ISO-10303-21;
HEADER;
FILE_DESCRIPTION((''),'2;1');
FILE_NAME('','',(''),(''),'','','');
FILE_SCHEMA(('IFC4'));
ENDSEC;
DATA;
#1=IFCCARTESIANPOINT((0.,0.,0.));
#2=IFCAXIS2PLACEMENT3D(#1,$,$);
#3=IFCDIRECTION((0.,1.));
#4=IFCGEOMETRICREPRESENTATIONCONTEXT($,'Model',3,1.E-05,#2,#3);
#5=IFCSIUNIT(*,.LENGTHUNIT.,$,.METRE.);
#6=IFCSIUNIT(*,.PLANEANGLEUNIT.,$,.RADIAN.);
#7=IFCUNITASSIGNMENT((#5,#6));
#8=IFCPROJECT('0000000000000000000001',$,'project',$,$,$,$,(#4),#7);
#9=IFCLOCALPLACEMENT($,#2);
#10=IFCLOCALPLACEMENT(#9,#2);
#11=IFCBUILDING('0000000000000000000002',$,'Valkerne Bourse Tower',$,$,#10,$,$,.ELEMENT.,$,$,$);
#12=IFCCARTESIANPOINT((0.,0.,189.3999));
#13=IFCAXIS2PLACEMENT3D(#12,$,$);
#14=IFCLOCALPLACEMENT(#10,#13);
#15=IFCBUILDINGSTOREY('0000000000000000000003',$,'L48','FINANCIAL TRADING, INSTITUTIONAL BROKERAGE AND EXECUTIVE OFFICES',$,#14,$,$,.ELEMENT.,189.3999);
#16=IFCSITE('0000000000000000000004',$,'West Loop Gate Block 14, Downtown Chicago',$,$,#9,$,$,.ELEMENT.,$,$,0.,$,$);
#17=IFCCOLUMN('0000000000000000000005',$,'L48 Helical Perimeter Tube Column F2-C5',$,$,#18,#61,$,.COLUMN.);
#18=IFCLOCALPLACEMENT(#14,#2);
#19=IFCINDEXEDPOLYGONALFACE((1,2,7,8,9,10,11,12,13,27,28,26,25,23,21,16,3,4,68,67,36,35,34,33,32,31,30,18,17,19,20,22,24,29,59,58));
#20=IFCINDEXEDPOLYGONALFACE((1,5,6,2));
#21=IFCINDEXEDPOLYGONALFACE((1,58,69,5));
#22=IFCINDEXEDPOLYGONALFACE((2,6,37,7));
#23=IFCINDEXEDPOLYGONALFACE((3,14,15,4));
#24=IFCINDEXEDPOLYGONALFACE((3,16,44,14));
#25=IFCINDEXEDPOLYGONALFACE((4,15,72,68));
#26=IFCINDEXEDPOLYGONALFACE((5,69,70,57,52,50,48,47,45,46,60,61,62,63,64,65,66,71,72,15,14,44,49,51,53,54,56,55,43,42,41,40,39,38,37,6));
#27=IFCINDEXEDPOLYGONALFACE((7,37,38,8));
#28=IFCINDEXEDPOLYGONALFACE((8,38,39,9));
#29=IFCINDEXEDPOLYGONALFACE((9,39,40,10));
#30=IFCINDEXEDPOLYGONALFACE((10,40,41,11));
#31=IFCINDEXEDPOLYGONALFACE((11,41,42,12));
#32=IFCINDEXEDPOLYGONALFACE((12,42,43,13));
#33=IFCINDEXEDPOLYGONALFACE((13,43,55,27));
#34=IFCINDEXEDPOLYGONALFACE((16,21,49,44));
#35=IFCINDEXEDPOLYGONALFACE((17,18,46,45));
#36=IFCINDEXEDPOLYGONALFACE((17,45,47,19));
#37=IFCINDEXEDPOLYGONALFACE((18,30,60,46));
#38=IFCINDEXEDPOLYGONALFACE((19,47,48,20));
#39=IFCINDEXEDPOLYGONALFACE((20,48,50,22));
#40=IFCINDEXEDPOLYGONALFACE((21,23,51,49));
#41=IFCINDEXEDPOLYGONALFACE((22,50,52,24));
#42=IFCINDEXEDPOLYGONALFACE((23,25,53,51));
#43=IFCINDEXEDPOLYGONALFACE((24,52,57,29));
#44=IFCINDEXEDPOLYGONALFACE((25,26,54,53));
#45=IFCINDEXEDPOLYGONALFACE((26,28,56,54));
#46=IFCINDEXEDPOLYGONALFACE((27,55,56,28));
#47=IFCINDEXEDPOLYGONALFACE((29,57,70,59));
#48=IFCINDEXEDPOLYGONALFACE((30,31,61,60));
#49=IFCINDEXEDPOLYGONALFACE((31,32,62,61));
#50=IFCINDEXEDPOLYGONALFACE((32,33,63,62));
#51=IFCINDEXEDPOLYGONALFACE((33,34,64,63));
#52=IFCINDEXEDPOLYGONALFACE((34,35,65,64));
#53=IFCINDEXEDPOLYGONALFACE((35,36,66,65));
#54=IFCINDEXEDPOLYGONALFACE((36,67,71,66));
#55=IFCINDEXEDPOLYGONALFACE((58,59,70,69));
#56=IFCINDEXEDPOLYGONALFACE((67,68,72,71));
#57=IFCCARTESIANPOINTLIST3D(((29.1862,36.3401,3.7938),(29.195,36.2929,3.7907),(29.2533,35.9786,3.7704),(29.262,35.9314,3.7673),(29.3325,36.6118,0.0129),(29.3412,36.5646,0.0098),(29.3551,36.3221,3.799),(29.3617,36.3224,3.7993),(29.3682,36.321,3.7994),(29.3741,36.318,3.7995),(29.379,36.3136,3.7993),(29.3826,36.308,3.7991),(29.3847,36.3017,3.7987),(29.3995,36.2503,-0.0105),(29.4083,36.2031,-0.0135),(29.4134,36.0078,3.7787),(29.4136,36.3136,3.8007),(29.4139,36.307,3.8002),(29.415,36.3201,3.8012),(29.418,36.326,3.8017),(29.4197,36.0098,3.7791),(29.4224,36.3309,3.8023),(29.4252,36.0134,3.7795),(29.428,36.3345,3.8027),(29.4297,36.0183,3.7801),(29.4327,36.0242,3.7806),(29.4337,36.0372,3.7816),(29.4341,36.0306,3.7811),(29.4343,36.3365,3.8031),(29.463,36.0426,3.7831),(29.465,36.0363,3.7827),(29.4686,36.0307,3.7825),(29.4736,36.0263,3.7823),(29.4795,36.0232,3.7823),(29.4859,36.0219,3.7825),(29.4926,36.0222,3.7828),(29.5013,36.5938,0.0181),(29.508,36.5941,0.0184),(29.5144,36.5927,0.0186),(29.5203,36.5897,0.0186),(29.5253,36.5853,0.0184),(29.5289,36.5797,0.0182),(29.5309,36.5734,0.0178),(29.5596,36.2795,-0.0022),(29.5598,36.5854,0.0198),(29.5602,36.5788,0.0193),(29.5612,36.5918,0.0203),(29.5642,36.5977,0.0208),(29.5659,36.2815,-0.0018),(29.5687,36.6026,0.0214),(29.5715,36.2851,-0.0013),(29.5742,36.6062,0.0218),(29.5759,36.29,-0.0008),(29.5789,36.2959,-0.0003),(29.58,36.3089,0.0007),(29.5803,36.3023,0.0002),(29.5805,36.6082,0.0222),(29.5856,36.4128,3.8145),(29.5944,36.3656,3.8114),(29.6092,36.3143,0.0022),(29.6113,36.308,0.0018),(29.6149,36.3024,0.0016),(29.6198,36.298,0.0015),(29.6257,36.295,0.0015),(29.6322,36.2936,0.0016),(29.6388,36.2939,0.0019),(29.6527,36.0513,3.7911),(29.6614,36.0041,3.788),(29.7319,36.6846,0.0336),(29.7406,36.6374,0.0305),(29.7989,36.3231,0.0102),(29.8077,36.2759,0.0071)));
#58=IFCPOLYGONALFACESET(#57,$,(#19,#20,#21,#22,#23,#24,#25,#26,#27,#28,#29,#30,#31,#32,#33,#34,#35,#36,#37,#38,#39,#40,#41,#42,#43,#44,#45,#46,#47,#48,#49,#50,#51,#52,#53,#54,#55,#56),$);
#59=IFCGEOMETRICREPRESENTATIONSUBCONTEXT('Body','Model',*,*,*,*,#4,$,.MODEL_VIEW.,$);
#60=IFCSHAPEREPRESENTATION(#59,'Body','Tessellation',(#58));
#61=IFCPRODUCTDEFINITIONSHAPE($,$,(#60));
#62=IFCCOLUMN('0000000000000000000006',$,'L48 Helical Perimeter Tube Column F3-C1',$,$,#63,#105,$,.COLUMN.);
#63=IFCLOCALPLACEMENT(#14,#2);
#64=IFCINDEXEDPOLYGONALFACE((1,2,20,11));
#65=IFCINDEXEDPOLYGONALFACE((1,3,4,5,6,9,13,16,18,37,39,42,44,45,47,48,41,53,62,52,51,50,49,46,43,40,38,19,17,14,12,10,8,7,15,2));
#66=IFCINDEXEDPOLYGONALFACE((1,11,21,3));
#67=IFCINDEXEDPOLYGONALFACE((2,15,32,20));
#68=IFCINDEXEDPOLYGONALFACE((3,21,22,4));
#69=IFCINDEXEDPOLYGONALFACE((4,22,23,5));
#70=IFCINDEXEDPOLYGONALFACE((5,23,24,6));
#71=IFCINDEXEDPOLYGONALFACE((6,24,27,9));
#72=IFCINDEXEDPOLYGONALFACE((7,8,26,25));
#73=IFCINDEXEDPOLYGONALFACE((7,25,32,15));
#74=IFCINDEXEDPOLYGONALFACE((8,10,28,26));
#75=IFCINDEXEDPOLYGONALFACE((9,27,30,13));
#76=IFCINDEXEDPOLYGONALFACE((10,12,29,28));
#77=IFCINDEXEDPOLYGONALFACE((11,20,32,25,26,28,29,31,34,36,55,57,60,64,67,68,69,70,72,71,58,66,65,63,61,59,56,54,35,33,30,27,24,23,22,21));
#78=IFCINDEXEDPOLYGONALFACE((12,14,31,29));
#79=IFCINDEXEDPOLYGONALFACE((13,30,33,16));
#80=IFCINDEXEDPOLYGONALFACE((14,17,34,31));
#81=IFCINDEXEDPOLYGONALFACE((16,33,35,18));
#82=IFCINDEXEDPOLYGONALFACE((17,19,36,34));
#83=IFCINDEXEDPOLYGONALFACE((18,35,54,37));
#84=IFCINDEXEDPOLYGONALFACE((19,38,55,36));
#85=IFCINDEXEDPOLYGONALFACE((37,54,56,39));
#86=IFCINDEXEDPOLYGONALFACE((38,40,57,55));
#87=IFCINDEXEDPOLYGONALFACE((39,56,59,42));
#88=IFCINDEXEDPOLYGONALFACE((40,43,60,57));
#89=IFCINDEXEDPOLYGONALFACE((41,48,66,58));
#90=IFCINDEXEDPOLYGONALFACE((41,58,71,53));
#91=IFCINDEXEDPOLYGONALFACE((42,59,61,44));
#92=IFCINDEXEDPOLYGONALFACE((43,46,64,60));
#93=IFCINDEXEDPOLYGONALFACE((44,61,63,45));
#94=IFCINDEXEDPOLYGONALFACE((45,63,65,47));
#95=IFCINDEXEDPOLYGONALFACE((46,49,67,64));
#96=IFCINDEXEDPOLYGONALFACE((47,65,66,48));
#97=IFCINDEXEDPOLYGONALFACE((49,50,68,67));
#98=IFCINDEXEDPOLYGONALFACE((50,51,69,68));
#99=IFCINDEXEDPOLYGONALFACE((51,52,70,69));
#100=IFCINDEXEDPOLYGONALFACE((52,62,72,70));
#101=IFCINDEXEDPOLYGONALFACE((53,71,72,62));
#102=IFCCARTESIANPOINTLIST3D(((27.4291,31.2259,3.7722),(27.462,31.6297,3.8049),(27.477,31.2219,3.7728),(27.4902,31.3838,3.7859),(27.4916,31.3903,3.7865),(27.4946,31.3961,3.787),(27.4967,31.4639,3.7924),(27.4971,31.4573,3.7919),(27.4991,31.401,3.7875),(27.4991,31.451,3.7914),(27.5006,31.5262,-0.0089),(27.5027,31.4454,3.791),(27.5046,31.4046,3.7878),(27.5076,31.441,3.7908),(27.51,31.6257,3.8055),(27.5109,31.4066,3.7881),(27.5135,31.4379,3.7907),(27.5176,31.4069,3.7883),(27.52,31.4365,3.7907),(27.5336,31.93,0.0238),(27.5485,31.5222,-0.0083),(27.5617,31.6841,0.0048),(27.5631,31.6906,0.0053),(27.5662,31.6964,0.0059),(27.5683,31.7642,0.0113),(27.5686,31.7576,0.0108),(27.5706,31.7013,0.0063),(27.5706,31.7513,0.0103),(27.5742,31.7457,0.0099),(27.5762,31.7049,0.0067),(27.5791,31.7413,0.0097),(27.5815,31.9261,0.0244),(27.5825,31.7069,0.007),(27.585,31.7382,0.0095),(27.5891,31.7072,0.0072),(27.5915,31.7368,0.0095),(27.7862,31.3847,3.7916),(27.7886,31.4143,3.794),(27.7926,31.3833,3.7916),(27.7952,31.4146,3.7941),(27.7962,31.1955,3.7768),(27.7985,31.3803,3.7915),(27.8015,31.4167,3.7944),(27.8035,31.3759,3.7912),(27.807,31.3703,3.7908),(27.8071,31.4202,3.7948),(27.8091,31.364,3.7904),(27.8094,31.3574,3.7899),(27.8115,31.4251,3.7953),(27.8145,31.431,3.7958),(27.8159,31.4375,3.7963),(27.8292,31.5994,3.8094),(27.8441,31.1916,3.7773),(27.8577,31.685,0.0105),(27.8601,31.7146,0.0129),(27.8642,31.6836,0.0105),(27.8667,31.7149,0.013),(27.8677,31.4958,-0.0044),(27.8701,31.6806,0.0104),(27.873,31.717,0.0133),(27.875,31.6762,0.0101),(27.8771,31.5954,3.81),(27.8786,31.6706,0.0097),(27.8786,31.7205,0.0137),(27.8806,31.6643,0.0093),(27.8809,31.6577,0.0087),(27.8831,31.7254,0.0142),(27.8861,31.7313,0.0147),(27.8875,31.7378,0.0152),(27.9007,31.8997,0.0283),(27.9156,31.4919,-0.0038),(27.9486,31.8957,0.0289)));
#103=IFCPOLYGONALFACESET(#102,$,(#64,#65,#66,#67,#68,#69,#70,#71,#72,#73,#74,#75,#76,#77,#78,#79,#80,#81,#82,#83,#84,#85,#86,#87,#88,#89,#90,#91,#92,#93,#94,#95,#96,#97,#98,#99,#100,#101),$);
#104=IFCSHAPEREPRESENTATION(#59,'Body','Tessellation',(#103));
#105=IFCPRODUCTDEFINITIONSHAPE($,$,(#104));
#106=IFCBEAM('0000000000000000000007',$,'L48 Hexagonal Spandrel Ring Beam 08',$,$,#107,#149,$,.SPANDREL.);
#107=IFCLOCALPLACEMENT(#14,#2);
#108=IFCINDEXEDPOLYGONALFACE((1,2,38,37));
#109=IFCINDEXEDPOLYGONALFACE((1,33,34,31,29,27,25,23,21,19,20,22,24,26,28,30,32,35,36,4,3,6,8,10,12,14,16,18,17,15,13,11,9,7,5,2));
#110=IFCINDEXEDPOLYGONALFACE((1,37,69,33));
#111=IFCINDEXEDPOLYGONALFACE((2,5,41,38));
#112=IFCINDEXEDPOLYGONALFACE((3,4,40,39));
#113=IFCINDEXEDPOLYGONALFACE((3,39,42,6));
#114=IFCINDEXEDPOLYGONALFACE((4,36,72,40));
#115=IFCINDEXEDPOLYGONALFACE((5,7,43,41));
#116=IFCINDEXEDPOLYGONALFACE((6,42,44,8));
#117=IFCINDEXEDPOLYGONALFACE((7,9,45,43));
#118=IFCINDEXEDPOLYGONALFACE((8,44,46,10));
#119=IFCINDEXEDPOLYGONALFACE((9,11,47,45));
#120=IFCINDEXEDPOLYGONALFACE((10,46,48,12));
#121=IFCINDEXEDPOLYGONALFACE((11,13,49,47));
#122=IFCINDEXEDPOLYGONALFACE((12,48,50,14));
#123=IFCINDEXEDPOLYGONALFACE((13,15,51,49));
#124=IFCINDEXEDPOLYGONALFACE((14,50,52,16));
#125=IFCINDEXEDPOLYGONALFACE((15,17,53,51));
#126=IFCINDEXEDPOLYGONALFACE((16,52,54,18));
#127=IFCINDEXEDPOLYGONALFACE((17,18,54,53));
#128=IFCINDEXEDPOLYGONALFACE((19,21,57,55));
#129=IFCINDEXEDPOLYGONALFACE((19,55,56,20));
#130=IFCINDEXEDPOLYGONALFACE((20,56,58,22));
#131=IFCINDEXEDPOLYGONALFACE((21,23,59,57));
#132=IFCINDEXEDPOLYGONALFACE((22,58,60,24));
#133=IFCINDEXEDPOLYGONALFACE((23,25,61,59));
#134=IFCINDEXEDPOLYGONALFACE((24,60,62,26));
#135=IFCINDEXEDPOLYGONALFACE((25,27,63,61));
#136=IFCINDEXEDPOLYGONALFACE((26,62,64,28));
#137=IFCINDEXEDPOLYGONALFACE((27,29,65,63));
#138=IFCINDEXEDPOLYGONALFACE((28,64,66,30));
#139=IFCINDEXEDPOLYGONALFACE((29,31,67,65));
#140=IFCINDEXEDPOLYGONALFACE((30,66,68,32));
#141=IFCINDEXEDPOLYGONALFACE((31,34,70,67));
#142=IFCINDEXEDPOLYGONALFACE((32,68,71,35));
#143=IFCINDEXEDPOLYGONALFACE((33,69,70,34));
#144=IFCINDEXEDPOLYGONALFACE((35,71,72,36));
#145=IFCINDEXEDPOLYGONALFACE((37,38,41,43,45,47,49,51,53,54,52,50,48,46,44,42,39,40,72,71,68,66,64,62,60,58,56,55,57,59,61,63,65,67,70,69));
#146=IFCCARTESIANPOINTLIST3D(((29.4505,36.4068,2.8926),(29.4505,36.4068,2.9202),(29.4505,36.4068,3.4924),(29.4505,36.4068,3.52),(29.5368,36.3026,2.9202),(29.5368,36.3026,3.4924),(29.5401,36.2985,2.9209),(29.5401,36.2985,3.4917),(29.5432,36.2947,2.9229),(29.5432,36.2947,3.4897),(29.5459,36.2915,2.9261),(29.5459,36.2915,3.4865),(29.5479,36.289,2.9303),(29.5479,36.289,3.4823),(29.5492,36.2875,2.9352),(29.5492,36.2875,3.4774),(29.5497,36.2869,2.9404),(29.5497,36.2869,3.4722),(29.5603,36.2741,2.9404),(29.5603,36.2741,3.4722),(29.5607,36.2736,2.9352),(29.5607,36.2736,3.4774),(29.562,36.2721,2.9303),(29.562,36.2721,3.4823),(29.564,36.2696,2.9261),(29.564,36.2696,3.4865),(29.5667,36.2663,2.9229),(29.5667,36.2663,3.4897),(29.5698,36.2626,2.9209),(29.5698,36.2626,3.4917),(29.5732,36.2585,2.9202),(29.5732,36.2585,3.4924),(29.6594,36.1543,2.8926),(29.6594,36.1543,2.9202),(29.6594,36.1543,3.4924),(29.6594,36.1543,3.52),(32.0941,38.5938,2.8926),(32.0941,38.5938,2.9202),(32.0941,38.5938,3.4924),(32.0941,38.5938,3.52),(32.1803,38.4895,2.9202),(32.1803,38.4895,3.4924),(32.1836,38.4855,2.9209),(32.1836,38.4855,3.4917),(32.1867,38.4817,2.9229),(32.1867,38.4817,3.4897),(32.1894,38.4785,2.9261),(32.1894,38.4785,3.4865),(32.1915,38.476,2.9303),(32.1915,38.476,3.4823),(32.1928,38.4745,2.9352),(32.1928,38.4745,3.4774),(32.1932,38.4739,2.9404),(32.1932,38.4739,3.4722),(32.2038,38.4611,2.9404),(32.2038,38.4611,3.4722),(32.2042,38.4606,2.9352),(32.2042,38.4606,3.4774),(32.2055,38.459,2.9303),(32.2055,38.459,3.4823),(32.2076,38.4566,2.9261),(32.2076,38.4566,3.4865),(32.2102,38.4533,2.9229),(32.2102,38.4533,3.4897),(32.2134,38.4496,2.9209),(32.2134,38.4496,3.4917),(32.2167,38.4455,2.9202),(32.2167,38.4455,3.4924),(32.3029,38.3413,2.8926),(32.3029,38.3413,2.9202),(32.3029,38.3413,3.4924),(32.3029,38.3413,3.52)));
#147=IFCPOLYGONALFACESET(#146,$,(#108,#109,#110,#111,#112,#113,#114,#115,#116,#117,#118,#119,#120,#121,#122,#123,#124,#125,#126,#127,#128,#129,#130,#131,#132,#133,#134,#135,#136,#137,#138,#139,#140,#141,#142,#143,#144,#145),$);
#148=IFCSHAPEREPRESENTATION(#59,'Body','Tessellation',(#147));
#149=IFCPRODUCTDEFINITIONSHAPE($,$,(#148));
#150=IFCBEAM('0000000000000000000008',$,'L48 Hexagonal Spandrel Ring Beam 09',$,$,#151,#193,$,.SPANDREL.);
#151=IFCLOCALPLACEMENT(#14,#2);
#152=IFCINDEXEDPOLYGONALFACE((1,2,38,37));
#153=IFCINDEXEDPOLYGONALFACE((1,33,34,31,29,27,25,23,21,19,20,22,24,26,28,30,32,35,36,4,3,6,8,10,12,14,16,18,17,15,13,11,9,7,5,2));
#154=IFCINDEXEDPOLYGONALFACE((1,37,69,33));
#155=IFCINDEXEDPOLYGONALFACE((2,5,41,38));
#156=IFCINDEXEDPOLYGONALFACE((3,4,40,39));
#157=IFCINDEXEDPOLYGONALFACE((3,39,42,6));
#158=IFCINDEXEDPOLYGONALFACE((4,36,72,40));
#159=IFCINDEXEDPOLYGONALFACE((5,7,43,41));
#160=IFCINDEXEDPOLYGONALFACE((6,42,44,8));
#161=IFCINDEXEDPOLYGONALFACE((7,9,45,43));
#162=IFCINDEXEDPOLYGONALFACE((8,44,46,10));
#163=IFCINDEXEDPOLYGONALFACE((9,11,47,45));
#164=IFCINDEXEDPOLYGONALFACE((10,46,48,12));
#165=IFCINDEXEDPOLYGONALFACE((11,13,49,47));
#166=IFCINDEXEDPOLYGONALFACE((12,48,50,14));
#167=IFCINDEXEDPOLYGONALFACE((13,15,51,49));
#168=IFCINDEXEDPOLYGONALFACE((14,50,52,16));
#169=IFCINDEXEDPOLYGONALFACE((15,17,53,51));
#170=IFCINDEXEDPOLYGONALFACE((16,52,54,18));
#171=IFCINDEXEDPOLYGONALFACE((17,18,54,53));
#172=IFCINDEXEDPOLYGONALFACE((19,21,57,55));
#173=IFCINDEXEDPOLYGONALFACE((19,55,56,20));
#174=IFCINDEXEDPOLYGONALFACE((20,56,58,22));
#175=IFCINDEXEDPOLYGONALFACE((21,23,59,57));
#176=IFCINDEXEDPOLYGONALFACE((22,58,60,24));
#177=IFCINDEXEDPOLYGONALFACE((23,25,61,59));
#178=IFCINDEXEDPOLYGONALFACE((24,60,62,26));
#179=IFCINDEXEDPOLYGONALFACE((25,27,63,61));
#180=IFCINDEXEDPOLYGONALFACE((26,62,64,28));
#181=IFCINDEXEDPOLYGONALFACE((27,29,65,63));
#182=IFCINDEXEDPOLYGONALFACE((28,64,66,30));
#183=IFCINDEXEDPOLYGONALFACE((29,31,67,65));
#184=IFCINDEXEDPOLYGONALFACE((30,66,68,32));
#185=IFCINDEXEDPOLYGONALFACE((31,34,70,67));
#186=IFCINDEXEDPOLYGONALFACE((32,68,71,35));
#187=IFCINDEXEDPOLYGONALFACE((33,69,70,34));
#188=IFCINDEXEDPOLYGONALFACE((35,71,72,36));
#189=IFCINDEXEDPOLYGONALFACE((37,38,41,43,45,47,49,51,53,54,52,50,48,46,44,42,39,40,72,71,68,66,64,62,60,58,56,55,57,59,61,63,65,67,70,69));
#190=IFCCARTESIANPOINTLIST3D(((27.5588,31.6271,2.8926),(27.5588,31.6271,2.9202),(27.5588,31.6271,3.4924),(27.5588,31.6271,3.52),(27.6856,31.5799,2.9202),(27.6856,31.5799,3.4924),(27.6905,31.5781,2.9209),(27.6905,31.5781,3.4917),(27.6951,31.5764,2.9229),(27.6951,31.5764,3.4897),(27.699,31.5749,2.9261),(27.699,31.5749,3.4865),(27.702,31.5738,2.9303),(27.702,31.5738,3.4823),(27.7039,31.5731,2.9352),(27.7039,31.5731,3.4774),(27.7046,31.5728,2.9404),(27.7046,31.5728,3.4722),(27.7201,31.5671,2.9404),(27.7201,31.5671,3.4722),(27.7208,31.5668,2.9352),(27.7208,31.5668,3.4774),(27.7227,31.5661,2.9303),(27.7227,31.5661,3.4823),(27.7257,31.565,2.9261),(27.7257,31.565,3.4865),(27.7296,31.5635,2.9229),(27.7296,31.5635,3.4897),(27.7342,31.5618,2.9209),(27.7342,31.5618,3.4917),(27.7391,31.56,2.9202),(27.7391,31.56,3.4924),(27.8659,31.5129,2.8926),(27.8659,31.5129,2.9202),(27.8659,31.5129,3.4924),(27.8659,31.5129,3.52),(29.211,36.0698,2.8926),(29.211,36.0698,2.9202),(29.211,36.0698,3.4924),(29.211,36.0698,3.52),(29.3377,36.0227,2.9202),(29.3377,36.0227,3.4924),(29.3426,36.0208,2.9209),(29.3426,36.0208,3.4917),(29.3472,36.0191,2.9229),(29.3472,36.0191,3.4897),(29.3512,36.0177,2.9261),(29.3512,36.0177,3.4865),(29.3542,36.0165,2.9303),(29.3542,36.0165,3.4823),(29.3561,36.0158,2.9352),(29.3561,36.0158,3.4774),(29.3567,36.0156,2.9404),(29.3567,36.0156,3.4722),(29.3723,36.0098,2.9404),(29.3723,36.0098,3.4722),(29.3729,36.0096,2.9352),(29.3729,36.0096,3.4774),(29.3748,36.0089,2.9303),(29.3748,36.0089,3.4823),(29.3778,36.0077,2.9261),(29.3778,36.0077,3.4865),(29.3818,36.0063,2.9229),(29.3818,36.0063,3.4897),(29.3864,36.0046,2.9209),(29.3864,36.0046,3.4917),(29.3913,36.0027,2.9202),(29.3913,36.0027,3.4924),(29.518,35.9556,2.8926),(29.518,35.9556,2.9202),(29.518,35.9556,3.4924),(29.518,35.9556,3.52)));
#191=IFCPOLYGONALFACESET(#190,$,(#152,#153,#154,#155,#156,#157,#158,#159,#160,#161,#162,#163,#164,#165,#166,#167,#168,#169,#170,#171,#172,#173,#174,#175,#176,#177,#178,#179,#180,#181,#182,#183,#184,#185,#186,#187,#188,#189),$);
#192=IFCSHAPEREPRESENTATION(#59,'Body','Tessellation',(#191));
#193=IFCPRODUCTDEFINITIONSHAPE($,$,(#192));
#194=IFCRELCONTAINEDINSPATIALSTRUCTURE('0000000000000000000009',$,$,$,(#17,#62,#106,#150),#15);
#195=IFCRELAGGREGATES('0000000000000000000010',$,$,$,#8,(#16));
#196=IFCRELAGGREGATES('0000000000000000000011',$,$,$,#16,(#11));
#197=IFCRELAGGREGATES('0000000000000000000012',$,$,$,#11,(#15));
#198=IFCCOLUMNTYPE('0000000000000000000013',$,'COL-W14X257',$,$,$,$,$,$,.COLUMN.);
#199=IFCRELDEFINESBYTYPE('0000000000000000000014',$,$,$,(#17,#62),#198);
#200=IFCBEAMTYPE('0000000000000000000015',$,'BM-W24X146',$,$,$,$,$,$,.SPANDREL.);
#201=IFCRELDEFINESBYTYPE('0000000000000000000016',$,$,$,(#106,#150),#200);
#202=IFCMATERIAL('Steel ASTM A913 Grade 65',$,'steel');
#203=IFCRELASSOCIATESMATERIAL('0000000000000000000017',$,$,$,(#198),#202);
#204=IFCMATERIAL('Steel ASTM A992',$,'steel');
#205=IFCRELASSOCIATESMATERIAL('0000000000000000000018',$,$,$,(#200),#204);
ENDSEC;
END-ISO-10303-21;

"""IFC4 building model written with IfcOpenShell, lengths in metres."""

from ifc_helpers import new_model, si_unit, direction, frame, origin, origin_2d, place, context, subcontext, project, spatial, i_section, extrude, material, material_profile, profile_set, type_object, element, save


model = new_model("IFC4")

# Units and contexts
model_context = context("Model", 3, precision=1e-05, world=origin(), true_north=direction((0.0, 1.0)))
body_context = subcontext(model_context, "Body", "Model", "MODEL_VIEW")
ifc_project = project(units=[si_unit("LENGTHUNIT", "METRE"), si_unit("PLANEANGLEUNIT", "RADIAN")], contexts=[model_context])

# Site, building, storey
site_placement = place(None, origin())
site = spatial("IfcSite", under=ifc_project, at=site_placement, Name="West Loop Gate Block 14, Downtown Chicago", CompositionType="ELEMENT", RefElevation=0.0)
building_placement = place(site_placement, origin())
building = spatial("IfcBuilding", under=site, at=building_placement, Name="Valkerne Bourse Tower", CompositionType="ELEMENT")
storey_placement = place(building_placement, frame((0.0, 0.0, 189.3999)))
storey = spatial("IfcBuildingStorey", under=building, at=storey_placement, Name="L48", Description="FINANCIAL TRADING, INSTITUTIONAL BROKERAGE AND EXECUTIVE OFFICES", CompositionType="ELEMENT", Elevation=189.3999)

# Columns
ifc_material_1 = material(Name="Steel ASTM A913 Grade 65", Category="steel")
ifc_material_profile_1 = material_profile(ifc_material_1, i_section(OverallWidth=0.4065, OverallDepth=0.4165, WebThickness=0.0298, FlangeThickness=0.0481, FilletRadius=0.0254, at=origin_2d()), Name="W14X257")
ifc_profile_set_1 = profile_set([ifc_material_profile_1], Name="Steel ASTM A913 Grade 65")
column_type = type_object("IfcColumnType", Name="COL-W14X257", PredefinedType="COLUMN", material=ifc_profile_set_1)
column_1_placement = place(storey_placement, frame((29.5701, 36.4438, 0.01), z_axis=(-0.038549, -0.071629, 0.996686), x_axis=(-0.982553, -0.178892, -0.050859)))
element("IfcColumn", 1, at=column_1_placement, inside=storey, type_object=column_type, Name="L48 Helical Perimeter Tube Column F2-C5", PredefinedType="COLUMN", context=body_context, shape_type="SweptSolid", body=[
    extrude(i_section(OverallWidth=0.4065, OverallDepth=0.4165, WebThickness=0.0298, FlangeThickness=0.0481, FilletRadius=0.0254, at=origin_2d()), origin(), (0.0, 0.0, 1.0), 3.7935),
])
column_2_placement = place(storey_placement, frame((27.7246, 31.7109, 0.01), z_axis=(-0.018856, -0.079158, 0.996684), x_axis=(-0.081158, -0.99345, -0.080437)))
element("IfcColumn", 2, at=column_2_placement, inside=storey, type_object=column_type, Name="L48 Helical Perimeter Tube Column F3-C1", PredefinedType="COLUMN", context=body_context, shape_type="SweptSolid", body=[
    extrude(i_section(OverallWidth=0.4065, OverallDepth=0.4165, WebThickness=0.0298, FlangeThickness=0.0481, FilletRadius=0.0254, at=origin_2d()), origin(), (0.0, 0.0, 1.0), 3.7937),
])

# Beams
ifc_material_2 = material(Name="Steel ASTM A992", Category="steel")
ifc_material_profile_2 = material_profile(ifc_material_2, i_section(OverallWidth=0.3276, OverallDepth=0.6274, WebThickness=0.0166, FlangeThickness=0.0276, FilletRadius=0.0203, at=origin_2d()), Name="W24X146")
ifc_profile_set_2 = profile_set([ifc_material_profile_2], Name="Steel ASTM A992")
beam_type_1 = type_object("IfcBeamType", Name="BM-W24X146", PredefinedType="SPANDREL", material=ifc_profile_set_2)
beam_1_placement = place(storey_placement, frame((32.1985, 38.4675, 3.2063), z_axis=(-0.770503, -0.637437, 0.0), x_axis=(0.637437, -0.770503, 0.0)))
element("IfcBeam", 3, at=beam_1_placement, inside=storey, type_object=beam_type_1, Name="L48 Hexagonal Spandrel Ring Beam 08", PredefinedType="SPANDREL", context=body_context, shape_type="SweptSolid", body=[
    extrude(i_section(OverallWidth=0.3276, OverallDepth=0.6274, WebThickness=0.0166, FlangeThickness=0.0276, FilletRadius=0.0203, at=origin_2d()), origin(), (0.0, 0.0, 1.0), 3.4309),
])
beam_2_placement = place(storey_placement, frame((29.3645, 36.0127, 3.2063), z_axis=(-0.348554, -0.937289, 0.0), x_axis=(0.937289, -0.348554, 0.0)))
element("IfcBeam", 4, at=beam_2_placement, inside=storey, type_object=beam_type_1, Name="L48 Hexagonal Spandrel Ring Beam 09", PredefinedType="SPANDREL", context=body_context, shape_type="SweptSolid", body=[
    extrude(i_section(OverallWidth=0.3276, OverallDepth=0.6274, WebThickness=0.0166, FlangeThickness=0.0276, FilletRadius=0.0203, at=origin_2d()), origin(), (0.0, 0.0, 1.0), 4.74),
])

save(model, "model.ifc")
